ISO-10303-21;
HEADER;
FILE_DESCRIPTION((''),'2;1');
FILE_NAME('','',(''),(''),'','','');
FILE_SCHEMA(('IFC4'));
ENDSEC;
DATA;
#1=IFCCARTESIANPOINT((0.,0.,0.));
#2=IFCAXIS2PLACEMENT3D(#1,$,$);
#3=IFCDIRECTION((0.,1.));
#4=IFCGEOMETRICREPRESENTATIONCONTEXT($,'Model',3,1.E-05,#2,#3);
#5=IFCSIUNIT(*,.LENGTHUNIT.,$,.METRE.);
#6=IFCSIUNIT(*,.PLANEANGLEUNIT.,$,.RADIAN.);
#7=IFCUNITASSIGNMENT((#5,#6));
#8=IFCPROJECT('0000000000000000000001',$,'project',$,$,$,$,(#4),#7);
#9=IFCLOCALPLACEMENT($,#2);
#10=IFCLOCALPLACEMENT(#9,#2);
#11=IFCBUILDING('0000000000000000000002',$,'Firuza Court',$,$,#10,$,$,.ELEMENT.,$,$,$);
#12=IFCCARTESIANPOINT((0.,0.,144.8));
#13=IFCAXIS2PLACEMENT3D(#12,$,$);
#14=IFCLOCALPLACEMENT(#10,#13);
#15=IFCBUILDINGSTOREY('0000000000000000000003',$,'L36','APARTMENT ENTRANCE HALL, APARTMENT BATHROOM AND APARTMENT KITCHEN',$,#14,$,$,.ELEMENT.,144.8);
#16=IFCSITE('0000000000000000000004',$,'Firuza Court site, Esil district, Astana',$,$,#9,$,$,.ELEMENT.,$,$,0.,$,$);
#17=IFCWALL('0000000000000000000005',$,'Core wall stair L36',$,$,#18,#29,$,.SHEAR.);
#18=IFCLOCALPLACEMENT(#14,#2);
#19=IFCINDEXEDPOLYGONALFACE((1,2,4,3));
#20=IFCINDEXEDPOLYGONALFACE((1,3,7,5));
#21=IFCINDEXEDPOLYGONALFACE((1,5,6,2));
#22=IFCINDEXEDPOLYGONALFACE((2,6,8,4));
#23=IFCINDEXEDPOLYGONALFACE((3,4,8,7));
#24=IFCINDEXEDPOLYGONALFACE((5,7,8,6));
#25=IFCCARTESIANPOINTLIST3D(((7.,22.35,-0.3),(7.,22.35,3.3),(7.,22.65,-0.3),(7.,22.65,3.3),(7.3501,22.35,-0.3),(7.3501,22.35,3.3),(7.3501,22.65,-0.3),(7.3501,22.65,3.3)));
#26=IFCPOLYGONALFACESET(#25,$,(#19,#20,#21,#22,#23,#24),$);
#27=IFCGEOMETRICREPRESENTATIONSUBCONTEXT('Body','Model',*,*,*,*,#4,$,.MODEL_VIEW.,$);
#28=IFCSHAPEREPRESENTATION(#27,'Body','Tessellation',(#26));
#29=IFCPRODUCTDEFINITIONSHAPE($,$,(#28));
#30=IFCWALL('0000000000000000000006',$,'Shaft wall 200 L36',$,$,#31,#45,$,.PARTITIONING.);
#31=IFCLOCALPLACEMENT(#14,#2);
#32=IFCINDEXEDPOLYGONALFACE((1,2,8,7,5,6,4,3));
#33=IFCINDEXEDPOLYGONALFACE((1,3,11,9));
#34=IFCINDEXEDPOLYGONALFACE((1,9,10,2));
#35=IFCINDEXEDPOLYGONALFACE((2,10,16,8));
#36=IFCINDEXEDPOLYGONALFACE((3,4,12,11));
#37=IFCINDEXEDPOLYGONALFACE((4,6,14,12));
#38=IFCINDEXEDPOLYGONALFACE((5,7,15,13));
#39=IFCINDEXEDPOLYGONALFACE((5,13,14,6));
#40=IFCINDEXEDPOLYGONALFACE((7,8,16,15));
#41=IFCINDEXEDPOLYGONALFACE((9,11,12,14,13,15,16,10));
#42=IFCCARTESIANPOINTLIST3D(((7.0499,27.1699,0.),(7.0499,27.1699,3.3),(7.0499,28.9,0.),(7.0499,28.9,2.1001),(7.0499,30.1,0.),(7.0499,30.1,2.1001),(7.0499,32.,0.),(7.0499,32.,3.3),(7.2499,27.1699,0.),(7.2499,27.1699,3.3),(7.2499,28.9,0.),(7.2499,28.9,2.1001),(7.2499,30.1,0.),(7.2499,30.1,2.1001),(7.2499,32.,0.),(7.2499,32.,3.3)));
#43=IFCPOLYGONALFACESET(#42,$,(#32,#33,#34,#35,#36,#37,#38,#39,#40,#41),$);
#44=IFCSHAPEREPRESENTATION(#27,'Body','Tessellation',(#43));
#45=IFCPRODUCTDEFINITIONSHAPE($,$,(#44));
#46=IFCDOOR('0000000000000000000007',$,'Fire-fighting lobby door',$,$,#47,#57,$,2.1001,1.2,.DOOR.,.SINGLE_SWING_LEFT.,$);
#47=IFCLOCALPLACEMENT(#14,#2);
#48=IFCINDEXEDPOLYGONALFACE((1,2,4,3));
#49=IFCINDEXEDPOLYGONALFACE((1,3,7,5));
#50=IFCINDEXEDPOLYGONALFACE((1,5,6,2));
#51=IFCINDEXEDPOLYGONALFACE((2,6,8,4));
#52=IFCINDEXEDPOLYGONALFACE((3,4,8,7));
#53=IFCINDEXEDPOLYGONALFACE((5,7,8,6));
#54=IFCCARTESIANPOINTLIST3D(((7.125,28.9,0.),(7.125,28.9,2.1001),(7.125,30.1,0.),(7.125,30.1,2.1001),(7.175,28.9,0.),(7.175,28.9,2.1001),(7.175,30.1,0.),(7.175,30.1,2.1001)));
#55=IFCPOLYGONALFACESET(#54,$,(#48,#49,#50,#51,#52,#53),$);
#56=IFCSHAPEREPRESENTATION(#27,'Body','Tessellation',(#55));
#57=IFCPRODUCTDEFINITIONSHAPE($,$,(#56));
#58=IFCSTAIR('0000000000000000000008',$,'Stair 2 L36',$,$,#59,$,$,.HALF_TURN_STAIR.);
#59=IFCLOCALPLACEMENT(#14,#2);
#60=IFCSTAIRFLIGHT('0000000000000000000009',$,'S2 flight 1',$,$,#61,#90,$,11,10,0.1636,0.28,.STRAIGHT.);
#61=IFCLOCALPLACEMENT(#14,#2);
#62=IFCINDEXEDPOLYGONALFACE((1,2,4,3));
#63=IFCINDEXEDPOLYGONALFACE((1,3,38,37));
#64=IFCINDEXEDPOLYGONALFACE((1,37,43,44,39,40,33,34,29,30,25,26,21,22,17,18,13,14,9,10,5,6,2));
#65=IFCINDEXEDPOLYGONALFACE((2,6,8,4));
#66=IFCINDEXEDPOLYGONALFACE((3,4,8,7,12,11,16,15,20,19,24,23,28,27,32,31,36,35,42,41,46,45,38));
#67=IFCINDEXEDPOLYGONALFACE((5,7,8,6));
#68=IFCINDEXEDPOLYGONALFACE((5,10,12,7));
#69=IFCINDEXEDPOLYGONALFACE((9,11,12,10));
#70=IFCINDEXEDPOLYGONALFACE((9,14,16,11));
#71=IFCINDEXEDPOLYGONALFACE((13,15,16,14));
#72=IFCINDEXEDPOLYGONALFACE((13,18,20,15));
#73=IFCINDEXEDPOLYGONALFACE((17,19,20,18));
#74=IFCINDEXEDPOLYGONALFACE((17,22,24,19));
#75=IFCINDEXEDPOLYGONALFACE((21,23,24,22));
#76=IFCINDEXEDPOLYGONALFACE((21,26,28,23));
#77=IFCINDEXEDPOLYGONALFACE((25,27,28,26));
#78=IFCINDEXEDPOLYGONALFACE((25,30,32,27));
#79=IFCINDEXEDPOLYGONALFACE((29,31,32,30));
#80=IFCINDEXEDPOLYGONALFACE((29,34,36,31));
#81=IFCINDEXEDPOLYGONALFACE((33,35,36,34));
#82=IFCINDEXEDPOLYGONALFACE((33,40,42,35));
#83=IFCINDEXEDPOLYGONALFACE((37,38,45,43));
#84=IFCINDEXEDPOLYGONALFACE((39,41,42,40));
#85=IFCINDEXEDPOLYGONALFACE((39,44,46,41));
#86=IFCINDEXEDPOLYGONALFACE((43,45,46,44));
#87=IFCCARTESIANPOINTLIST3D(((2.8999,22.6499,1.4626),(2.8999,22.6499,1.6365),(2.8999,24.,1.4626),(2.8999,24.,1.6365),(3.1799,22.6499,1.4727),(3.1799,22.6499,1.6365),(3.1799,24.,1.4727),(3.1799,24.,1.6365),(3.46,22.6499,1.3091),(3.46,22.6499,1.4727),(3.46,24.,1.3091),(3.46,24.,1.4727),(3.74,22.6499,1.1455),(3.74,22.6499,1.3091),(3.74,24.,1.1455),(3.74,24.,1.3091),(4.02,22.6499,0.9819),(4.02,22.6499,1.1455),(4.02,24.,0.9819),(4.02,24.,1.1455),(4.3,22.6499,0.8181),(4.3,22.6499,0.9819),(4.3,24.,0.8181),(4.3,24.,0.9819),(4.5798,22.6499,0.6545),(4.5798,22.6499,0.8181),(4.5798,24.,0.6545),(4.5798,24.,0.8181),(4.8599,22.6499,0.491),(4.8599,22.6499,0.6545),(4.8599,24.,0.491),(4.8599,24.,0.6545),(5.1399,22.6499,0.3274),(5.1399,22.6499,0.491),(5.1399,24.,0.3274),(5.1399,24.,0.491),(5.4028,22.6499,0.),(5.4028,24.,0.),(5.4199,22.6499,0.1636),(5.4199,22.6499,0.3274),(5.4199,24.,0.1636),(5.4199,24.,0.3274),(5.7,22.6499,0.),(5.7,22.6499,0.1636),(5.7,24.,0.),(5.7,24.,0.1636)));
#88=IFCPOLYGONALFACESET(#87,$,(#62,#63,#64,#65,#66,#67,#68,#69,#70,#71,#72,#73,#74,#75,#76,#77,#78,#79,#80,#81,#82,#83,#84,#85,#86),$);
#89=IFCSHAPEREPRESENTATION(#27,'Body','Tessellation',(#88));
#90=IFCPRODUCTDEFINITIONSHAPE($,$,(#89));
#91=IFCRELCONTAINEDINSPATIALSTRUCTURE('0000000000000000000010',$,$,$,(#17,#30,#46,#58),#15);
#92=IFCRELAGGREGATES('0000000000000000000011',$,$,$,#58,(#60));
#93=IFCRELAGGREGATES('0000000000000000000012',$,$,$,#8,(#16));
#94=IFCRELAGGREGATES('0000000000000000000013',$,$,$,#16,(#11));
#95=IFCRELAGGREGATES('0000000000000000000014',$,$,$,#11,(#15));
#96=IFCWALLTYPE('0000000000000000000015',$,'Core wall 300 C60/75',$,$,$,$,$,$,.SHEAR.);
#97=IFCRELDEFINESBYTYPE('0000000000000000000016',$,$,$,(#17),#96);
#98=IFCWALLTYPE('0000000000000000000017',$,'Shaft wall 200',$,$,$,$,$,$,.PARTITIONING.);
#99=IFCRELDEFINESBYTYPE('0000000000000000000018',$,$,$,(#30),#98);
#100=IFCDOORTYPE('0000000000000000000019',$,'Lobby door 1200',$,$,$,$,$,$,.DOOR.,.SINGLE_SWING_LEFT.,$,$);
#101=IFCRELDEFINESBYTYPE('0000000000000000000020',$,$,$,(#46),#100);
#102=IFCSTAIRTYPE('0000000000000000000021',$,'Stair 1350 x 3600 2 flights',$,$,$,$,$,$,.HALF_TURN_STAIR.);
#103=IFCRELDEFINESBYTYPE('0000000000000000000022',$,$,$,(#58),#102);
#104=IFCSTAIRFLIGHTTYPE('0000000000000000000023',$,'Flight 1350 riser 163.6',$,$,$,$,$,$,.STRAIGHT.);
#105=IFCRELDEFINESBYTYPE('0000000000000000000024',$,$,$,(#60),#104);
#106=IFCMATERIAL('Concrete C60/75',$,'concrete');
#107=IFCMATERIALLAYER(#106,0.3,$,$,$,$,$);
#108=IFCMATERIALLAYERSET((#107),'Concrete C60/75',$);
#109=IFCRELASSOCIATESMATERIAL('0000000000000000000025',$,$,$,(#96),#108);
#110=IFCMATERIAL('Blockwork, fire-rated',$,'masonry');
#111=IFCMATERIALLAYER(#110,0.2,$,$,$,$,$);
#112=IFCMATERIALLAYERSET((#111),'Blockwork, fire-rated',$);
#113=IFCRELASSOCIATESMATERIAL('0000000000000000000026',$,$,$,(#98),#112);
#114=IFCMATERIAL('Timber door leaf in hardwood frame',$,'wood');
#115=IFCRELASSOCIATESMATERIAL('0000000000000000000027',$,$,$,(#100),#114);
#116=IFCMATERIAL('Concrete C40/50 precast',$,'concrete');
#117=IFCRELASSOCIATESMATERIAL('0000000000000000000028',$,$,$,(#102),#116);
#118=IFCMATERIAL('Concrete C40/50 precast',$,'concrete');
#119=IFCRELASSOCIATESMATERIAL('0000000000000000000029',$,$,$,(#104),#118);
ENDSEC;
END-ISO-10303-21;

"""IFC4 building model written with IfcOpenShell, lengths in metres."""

from ifc_helpers import new_model, si_unit, direction, frame, frame_2d, origin, place, context, subcontext, project, spatial, polyline, rectangle, outline, extrude, material, layer, layer_set, type_object, element, fill, aggregate, save


model = new_model("IFC4")

# Units and contexts
model_context = context("Model", 3, precision=1e-05, world=origin(), true_north=direction((0.0, 1.0)))
body_context = subcontext(model_context, "Body", "Model", "MODEL_VIEW")
ifc_project = project(units=[si_unit("LENGTHUNIT", "METRE"), si_unit("PLANEANGLEUNIT", "RADIAN")], contexts=[model_context])

# Site, building, storey
site_placement = place(None, origin())
site = spatial("IfcSite", under=ifc_project, at=site_placement, Name="Firuza Court site, Esil district, Astana", CompositionType="ELEMENT", RefElevation=0.0)
building_placement = place(site_placement, origin())
building = spatial("IfcBuilding", under=site, at=building_placement, Name="Firuza Court", CompositionType="ELEMENT")
storey_placement = place(building_placement, frame((0.0, 0.0, 144.8)))
storey = spatial("IfcBuildingStorey", under=building, at=storey_placement, Name="L36", Description="APARTMENT ENTRANCE HALL, APARTMENT BATHROOM AND APARTMENT KITCHEN", CompositionType="ELEMENT", Elevation=144.8)

# Wall
ifc_material_1 = material(Name="Concrete C60/75", Category="concrete")
ifc_layer_1 = layer(ifc_material_1, 0.3)
ifc_layer_set_1 = layer_set([ifc_layer_1], Name="Concrete C60/75")
wall_type_1 = type_object("IfcWallType", Name="Core wall 300 C60/75", PredefinedType="SHEAR", material=ifc_layer_set_1)
wall_1_placement = place(storey_placement, frame((7.0, 22.5, -0.3), z_axis=(0.0, 0.0, 1.0), x_axis=(1.0, 0.0, 0.0)))
element("IfcWall", 1, at=wall_1_placement, inside=storey, type_object=wall_type_1, Name="Core wall stair L36", PredefinedType="SHEAR", context=body_context, shape_type="SweptSolid", body=[
    extrude(rectangle(XDim=0.3501, YDim=0.3, at=frame_2d((0.175, 0.0))), origin(), (0.0, 0.0, 1.0), 3.6001),
])

# Wall, opening, door
ifc_material_2 = material(Name="Blockwork, fire-rated", Category="masonry")
ifc_layer_2 = layer(ifc_material_2, 0.2)
ifc_layer_set_2 = layer_set([ifc_layer_2], Name="Blockwork, fire-rated")
wall_type_2 = type_object("IfcWallType", Name="Shaft wall 200", PredefinedType="PARTITIONING", material=ifc_layer_set_2)
wall_2_placement = place(storey_placement, frame((7.1499, 27.1699, 0.0), z_axis=(0.0, 0.0, 1.0), x_axis=(0.0, 1.0, 0.0)))
wall_2 = element("IfcWall", 2, at=wall_2_placement, inside=storey, type_object=wall_type_2, Name="Shaft wall 200 L36", PredefinedType="PARTITIONING", context=body_context, shape_type="SweptSolid", body=[
    extrude(rectangle(XDim=4.8301, YDim=0.2, at=frame_2d((2.415, 0.0))), origin(), (0.0, 0.0, 1.0), 3.3),
])
opening_1_placement = place(wall_2_placement, frame((1.73, 0.0, 0.0)))
opening_1 = element("IfcOpeningElement", 3, at=opening_1_placement, cuts=wall_2, PredefinedType="OPENING", context=body_context, shape_type="SweptSolid", body=[
    extrude(rectangle(XDim=1.2, YDim=2.1001, at=frame_2d((0.6001, 1.05))), frame((0.0, 0.1118, 0.0), z_axis=(0.0, -1.0, 0.0), x_axis=(1.0, 0.0, 0.0)), (0.0, 0.0, 1.0), 0.2239),
])
ifc_material_3 = material(Name="Timber door leaf in hardwood frame", Category="wood")
door_type_1 = type_object("IfcDoorType", Name="Lobby door 1200", OperationType="SINGLE_SWING_LEFT", PredefinedType="DOOR", material=ifc_material_3)
door_1_placement = place(opening_1_placement, origin())
door_1 = element("IfcDoor", 4, at=door_1_placement, inside=storey, type_object=door_type_1, Name="Fire-fighting lobby door", OperationType="SINGLE_SWING_LEFT", OverallHeight=2.1001, OverallWidth=1.2, PredefinedType="DOOR", context=body_context, shape_type="SweptSolid", body=[
    extrude(rectangle(XDim=1.2, YDim=2.1001, at=frame_2d((0.6001, 1.05))), frame((0.0, 0.0249, 0.0), z_axis=(0.0, -1.0, 0.0), x_axis=(1.0, 0.0, 0.0)), (0.0, 0.0, 1.0), 0.05),
])
fill(opening_1, door_1)

# Stair, stair flight
ifc_material_4 = material(Name="Concrete C40/50 precast", Category="concrete")
stair_type = type_object("IfcStairType", Name="Stair 1350 x 3600 2 flights", PredefinedType="HALF_TURN_STAIR", material=ifc_material_4)
stair_placement = place(storey_placement, origin())
stair = element("IfcStair", 5, at=stair_placement, inside=storey, type_object=stair_type, Name="Stair 2 L36", PredefinedType="HALF_TURN_STAIR")
ifc_material_5 = material(Name="Concrete C40/50 precast", Category="concrete")
stair_flight_type = type_object("IfcStairFlightType", Name="Flight 1350 riser 163.6", PredefinedType="STRAIGHT", material=ifc_material_5)
stair_flight_placement = place(storey_placement, frame((5.7, 23.325, 0.0), z_axis=(0.0, 0.0, 1.0), x_axis=(-1.0, 0.0, 0.0)))
stair_flight = element("IfcStairFlight", 6, at=stair_flight_placement, type_object=stair_flight_type, Name="S2 flight 1", NumberOfRisers=11, NumberOfTreads=10, PredefinedType="STRAIGHT", RiserHeight=0.1636, TreadLength=0.28, context=body_context, shape_type="SweptSolid", body=[
    extrude(outline(polyline([(0.0, 0.0), (0.0, 0.1636), (0.28, 0.1636), (0.28, 0.3274), (0.5601, 0.3274), (0.5601, 0.491), (0.8401, 0.491), (0.8401, 0.6545), (1.1201, 0.6545), (1.1201, 0.8181), (1.3999, 0.8181), (1.3999, 0.9819), (1.6799, 0.9819), (1.6799, 1.1455), (1.96, 1.1455), (1.96, 1.3091), (2.24, 1.3091), (2.24, 1.4727), (2.52, 1.4727), (2.52, 1.6365), (2.8, 1.6365), (2.8, 1.8), (2.8, 1.4626), (0.2971, 0.0), (0.0, 0.0)])), frame((0.0, 0.675, 0.0), z_axis=(0.0, -1.0, 0.0), x_axis=(1.0, 0.0, 0.0)), (0.0, 0.0, 1.0), 1.3501),
])
aggregate(stair, [stair_flight])

save(model, "model.ifc")
